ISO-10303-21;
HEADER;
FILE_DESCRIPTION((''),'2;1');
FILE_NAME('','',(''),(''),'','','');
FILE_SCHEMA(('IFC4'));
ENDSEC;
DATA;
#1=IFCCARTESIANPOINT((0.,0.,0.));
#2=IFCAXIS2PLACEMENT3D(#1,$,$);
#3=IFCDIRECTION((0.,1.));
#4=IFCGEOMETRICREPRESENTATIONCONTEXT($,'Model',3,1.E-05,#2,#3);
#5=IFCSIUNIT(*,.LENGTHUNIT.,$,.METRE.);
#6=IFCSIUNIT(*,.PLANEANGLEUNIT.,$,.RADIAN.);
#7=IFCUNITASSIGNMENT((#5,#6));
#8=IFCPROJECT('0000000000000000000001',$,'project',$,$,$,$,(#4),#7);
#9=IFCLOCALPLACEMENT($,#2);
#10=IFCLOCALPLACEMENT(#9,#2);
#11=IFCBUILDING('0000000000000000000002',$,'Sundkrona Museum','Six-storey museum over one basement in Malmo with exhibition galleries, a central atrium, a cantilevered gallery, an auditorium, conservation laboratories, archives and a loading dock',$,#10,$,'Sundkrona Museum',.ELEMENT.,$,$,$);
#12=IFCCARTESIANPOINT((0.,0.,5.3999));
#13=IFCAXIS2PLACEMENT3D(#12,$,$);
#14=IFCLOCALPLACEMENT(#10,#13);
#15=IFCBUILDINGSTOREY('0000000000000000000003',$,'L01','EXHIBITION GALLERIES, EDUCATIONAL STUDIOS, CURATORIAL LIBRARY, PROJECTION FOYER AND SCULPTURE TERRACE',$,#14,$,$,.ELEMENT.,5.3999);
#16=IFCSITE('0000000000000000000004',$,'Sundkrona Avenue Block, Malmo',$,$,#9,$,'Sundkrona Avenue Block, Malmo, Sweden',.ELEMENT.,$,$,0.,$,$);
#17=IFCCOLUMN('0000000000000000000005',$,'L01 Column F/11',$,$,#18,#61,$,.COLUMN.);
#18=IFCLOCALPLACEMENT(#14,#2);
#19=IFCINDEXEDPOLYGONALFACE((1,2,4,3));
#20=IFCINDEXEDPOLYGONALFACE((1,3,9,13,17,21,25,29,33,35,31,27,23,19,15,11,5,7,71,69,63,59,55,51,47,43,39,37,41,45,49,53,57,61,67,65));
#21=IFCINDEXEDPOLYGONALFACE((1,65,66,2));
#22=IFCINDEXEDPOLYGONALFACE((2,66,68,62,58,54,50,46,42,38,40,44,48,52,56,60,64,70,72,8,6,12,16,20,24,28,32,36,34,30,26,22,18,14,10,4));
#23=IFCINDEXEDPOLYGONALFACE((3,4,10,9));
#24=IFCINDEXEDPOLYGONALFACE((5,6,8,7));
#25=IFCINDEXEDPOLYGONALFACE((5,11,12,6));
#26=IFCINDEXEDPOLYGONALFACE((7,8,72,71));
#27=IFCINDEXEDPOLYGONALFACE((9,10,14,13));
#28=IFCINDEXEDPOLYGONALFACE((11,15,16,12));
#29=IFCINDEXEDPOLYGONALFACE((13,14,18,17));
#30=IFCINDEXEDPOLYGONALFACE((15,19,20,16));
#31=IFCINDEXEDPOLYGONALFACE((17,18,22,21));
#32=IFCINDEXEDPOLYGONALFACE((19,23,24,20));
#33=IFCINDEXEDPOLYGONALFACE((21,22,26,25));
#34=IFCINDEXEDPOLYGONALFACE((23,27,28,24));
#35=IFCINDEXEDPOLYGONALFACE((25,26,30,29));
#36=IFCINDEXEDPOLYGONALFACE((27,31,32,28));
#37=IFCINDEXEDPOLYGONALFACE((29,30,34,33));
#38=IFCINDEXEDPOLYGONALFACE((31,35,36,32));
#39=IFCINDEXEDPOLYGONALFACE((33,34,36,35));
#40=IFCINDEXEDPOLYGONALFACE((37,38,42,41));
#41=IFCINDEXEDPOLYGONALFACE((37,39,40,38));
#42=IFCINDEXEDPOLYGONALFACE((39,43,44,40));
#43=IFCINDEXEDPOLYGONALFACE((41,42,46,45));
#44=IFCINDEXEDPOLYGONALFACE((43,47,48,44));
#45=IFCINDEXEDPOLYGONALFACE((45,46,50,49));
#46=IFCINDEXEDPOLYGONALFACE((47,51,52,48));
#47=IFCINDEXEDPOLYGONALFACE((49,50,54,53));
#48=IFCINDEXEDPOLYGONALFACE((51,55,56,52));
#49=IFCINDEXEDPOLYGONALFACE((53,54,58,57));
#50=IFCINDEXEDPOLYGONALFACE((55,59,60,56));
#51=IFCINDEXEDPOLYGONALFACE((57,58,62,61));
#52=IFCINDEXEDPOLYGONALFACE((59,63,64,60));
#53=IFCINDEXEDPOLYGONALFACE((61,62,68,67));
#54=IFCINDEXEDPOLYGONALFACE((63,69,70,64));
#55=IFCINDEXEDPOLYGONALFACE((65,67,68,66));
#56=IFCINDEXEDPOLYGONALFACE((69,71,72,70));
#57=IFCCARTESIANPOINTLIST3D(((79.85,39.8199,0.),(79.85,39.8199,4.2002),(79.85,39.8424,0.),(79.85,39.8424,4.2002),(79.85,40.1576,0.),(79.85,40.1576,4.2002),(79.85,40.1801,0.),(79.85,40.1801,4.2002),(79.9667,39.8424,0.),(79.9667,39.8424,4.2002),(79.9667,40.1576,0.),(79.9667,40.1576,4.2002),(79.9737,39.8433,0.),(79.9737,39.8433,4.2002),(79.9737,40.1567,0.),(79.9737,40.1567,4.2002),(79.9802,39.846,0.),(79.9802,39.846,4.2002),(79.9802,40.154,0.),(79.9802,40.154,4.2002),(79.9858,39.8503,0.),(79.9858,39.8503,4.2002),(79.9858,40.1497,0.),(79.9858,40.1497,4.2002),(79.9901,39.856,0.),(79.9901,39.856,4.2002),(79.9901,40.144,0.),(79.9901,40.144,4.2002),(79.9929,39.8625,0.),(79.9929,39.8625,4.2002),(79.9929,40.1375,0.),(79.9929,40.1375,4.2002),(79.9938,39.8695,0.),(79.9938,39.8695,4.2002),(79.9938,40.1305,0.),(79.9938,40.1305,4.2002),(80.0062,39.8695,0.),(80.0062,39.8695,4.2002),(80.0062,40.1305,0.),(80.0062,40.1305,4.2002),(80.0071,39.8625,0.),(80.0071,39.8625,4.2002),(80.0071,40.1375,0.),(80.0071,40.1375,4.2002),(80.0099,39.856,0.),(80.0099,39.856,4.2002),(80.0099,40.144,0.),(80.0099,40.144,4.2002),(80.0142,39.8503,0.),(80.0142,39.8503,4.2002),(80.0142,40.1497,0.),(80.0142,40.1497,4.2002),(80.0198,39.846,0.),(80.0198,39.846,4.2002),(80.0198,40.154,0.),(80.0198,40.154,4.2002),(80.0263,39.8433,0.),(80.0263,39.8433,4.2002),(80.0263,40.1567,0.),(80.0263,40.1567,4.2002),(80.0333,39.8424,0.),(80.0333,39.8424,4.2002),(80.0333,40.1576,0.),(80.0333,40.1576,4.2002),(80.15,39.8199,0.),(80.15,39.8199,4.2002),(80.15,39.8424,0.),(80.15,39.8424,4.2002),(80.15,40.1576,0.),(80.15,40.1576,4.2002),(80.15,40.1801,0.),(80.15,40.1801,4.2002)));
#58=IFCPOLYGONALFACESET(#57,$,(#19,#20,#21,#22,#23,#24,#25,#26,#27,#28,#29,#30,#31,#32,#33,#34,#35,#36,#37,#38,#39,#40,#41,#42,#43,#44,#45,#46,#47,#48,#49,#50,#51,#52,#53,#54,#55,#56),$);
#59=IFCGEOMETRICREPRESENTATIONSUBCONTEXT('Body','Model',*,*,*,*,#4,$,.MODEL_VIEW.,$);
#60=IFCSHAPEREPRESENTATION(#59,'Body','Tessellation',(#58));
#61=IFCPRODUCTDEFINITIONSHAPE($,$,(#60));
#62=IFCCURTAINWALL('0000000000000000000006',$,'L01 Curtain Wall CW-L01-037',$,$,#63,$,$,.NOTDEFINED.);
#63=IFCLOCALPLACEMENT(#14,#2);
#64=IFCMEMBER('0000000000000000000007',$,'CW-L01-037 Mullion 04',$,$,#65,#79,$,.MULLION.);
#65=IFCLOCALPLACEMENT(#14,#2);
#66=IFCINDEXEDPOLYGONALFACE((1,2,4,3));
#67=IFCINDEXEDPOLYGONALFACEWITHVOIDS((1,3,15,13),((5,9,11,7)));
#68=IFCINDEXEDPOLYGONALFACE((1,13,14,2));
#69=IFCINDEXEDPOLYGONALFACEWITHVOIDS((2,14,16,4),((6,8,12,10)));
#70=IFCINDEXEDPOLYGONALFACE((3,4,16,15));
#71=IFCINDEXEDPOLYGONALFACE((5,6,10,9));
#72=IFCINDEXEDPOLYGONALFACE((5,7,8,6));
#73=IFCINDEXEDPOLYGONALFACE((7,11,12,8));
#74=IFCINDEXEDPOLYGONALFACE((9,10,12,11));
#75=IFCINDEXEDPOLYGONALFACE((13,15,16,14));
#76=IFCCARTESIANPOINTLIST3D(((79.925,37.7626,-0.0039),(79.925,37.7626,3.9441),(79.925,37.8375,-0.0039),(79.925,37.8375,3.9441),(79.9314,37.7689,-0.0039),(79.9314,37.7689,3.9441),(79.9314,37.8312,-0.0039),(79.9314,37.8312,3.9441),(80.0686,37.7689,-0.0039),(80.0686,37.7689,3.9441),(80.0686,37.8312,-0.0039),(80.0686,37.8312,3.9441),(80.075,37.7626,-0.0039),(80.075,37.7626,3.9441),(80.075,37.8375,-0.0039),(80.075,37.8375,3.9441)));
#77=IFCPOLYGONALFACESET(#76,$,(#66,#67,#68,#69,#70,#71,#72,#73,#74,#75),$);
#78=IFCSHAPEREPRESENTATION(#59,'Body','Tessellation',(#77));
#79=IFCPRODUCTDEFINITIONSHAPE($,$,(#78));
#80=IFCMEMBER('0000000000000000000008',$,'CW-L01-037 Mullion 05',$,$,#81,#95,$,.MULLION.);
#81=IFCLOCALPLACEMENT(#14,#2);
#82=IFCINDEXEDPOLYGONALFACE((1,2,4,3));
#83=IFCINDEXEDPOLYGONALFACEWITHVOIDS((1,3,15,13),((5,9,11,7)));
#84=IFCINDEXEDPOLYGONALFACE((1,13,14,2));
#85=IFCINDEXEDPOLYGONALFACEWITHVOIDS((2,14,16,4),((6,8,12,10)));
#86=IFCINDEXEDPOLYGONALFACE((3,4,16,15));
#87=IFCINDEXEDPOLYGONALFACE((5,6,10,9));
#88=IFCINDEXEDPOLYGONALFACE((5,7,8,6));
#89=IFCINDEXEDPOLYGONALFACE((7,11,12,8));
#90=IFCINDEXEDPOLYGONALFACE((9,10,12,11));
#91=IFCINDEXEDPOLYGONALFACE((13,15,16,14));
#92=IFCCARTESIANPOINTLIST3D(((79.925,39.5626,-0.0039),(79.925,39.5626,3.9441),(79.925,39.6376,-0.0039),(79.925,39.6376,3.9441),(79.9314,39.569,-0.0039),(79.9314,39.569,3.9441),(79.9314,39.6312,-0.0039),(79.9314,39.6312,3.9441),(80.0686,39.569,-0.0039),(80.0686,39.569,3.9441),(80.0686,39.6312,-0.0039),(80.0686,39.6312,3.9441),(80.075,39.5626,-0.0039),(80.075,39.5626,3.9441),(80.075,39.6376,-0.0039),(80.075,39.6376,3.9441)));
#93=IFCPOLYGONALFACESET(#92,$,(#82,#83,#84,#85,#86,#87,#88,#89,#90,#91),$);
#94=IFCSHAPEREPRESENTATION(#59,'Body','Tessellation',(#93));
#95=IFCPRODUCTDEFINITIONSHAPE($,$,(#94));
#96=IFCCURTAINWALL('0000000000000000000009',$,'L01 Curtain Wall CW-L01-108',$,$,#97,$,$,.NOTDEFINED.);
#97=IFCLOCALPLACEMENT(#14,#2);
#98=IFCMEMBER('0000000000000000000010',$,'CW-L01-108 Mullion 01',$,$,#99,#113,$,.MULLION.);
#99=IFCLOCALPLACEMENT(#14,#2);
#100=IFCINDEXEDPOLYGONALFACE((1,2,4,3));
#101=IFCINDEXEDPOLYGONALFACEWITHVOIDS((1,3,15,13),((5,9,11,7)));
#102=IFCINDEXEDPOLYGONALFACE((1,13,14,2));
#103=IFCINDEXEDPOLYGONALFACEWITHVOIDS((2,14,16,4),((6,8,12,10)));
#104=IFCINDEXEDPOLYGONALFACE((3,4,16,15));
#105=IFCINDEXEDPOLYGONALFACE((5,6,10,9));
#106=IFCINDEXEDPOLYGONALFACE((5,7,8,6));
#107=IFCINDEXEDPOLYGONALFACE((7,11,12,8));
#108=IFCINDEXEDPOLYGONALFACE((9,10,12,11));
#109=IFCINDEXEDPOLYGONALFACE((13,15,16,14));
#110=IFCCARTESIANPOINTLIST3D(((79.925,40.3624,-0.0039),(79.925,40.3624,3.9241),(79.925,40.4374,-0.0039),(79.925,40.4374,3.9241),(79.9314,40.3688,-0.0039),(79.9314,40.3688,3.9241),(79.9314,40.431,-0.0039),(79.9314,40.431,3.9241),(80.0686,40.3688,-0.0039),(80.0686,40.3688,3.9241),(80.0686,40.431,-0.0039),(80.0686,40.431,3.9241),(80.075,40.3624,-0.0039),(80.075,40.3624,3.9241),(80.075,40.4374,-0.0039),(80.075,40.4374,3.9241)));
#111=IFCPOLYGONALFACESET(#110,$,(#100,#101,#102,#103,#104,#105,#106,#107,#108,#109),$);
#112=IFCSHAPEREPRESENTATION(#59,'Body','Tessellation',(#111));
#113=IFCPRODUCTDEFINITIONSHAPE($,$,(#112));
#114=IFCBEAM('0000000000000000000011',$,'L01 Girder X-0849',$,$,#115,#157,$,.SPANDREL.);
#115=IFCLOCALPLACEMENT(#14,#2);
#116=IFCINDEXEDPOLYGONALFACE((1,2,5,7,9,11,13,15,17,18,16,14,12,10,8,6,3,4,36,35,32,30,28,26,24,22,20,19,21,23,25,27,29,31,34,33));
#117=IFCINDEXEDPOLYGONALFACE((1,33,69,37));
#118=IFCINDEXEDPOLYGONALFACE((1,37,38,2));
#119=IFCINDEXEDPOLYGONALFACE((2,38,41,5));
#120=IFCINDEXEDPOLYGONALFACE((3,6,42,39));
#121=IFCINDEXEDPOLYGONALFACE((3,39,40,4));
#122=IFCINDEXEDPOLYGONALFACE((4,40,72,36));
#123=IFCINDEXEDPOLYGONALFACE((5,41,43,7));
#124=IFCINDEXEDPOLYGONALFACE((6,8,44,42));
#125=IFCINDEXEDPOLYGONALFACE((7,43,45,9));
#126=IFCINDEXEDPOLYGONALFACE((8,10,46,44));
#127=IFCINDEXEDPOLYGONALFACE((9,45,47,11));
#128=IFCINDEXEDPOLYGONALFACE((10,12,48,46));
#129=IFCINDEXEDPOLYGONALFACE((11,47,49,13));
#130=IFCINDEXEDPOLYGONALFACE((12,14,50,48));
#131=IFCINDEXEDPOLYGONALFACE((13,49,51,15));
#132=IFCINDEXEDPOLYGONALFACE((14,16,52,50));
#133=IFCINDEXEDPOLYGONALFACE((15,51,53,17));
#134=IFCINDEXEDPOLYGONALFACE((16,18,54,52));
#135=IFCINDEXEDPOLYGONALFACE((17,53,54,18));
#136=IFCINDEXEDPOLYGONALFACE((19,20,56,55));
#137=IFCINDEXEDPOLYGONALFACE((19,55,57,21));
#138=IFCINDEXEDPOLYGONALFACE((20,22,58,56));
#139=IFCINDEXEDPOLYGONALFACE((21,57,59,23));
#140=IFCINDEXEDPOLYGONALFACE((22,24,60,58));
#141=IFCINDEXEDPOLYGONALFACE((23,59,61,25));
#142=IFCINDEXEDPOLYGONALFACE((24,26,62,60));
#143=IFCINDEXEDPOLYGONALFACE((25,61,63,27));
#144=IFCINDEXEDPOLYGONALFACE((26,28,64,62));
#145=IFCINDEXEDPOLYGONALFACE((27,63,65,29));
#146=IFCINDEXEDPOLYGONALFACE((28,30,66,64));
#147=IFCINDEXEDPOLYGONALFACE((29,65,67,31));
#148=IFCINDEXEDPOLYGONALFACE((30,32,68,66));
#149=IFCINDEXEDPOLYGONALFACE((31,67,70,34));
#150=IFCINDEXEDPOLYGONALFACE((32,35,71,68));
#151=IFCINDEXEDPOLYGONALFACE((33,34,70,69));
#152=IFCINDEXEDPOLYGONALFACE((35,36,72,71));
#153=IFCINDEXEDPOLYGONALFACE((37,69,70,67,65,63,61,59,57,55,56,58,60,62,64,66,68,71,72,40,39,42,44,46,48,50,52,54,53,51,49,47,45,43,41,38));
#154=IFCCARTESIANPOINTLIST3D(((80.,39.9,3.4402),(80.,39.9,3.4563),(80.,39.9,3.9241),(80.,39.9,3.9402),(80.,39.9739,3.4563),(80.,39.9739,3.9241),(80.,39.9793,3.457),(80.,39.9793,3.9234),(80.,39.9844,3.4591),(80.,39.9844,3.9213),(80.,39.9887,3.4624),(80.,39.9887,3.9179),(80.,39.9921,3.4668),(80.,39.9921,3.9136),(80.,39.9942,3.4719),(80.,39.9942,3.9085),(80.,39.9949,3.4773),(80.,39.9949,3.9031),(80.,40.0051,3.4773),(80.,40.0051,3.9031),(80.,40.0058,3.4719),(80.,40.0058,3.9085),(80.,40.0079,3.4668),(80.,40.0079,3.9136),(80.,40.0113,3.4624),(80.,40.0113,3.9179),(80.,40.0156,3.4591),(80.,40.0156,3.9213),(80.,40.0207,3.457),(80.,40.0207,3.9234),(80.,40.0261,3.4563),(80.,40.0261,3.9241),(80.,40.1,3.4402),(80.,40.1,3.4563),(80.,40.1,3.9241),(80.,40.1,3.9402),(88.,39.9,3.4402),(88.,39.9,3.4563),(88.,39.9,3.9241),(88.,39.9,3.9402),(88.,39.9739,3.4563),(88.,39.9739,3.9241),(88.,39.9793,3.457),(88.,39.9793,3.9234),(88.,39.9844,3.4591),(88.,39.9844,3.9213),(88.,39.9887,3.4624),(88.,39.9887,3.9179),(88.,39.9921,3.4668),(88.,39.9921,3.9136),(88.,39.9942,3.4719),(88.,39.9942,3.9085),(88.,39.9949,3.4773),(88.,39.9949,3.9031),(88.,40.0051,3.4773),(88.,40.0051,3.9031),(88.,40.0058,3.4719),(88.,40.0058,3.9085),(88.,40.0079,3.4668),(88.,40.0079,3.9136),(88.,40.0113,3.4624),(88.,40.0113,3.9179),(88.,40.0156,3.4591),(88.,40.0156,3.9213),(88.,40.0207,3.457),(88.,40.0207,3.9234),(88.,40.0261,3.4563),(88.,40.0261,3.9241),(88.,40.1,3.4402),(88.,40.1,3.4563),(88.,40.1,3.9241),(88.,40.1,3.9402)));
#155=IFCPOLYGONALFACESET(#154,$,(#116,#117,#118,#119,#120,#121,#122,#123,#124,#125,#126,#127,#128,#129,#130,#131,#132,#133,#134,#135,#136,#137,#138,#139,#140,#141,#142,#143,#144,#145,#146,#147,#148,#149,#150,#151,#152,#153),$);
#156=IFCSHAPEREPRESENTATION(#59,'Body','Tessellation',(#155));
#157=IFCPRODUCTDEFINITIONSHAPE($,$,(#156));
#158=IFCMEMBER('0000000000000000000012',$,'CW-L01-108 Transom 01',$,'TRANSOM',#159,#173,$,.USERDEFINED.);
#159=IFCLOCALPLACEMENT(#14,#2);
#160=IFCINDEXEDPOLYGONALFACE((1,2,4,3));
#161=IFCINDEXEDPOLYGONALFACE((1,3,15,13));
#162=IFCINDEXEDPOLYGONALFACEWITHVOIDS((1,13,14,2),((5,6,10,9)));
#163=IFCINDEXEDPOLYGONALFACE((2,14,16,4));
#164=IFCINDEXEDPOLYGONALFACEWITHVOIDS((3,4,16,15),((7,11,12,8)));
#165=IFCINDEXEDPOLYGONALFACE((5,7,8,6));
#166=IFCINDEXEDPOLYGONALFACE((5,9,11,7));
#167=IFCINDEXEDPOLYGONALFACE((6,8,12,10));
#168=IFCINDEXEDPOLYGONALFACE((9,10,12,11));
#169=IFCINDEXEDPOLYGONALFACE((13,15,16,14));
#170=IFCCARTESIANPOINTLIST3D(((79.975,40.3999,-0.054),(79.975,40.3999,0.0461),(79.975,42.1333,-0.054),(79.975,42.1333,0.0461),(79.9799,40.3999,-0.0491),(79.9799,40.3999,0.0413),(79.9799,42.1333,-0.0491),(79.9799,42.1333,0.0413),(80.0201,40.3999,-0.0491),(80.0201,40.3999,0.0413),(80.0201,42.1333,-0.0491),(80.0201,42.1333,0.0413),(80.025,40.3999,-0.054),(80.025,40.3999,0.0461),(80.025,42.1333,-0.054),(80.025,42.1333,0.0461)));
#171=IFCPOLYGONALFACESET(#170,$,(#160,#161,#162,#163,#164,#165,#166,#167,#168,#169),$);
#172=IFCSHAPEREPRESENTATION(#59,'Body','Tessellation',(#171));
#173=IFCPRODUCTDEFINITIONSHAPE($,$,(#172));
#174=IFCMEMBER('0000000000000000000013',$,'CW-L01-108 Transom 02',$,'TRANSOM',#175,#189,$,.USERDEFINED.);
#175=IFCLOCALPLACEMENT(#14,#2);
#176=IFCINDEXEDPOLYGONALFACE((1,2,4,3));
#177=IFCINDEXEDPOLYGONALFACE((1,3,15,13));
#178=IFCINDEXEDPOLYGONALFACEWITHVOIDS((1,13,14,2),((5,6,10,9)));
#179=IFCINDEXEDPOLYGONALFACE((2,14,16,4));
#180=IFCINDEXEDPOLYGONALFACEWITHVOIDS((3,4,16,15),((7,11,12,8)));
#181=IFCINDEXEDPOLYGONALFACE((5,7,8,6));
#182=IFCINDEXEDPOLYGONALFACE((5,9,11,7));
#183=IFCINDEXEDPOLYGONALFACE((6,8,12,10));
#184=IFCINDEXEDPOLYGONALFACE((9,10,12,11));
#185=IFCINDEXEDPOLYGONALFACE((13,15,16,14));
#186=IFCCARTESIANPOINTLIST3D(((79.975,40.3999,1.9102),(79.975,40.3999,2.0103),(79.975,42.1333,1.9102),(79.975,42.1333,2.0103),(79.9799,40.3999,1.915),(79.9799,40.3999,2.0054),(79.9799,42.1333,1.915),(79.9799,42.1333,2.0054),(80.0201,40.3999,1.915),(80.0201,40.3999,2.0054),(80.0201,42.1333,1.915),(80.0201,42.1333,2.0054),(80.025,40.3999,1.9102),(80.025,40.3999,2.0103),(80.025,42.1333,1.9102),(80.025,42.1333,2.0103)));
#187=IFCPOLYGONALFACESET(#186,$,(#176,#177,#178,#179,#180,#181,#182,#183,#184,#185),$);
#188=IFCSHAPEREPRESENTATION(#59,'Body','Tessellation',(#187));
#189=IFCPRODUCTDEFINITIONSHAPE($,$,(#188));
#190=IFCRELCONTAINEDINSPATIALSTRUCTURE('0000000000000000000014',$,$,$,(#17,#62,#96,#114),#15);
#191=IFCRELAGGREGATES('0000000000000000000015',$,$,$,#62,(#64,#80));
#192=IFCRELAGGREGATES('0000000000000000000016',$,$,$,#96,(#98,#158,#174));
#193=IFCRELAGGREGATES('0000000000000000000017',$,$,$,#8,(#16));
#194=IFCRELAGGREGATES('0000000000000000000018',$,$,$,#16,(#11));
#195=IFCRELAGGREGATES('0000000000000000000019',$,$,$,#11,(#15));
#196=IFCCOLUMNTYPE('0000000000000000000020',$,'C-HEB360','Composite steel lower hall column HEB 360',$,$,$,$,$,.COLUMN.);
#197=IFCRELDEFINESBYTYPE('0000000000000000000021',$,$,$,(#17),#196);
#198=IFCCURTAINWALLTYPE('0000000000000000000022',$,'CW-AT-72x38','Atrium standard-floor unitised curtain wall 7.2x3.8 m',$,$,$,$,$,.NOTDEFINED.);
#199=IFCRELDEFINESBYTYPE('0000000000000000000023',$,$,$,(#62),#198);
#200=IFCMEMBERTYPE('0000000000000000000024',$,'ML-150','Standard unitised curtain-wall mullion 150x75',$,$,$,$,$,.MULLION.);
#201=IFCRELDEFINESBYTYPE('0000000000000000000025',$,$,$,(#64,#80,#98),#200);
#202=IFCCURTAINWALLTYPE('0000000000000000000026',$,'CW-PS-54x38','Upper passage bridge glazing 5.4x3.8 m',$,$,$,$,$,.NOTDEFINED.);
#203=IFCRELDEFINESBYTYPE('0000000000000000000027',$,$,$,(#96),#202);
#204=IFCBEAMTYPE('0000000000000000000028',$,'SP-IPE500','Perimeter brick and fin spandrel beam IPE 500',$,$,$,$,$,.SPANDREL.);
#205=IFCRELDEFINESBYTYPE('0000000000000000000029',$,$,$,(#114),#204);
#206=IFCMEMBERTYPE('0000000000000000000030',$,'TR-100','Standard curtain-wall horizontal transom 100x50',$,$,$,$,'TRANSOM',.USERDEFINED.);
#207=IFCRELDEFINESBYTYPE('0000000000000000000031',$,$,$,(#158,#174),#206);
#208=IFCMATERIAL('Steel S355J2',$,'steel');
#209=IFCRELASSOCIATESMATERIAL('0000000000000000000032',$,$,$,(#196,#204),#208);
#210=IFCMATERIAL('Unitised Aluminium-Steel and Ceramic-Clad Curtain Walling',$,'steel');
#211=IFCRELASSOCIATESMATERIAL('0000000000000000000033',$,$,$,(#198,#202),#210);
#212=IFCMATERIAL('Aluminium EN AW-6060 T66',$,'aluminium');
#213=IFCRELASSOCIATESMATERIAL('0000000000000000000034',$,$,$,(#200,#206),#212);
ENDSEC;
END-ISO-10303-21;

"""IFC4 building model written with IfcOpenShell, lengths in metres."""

from ifc_helpers import new_model, si_unit, direction, frame, origin, origin_2d, place, context, subcontext, project, spatial, hollow_rectangle, i_section, extrude, material, material_profile, profile_set, type_object, element, aggregate, save


model = new_model("IFC4")

# Units and contexts
model_context = context("Model", 3, precision=1e-05, world=origin(), true_north=direction((0.0, 1.0)))
body_context = subcontext(model_context, "Body", "Model", "MODEL_VIEW")
ifc_project = project(units=[si_unit("LENGTHUNIT", "METRE"), si_unit("PLANEANGLEUNIT", "RADIAN")], contexts=[model_context])

# Site, building, storey
site_placement = place(None, origin())
site = spatial("IfcSite", under=ifc_project, at=site_placement, Name="Sundkrona Avenue Block, Malmo", LongName="Sundkrona Avenue Block, Malmo, Sweden", CompositionType="ELEMENT", RefElevation=0.0)
building_placement = place(site_placement, origin())
building = spatial("IfcBuilding", under=site, at=building_placement, Name="Sundkrona Museum", Description="Six-storey museum over one basement in Malmo with exhibition galleries, a central atrium, a cantilevered gallery, an auditorium, conservation laboratories, archives and a loading dock", LongName="Sundkrona Museum", CompositionType="ELEMENT")
storey_placement = place(building_placement, frame((0.0, 0.0, 5.3999)))
storey = spatial("IfcBuildingStorey", under=building, at=storey_placement, Name="L01", Description="EXHIBITION GALLERIES, EDUCATIONAL STUDIOS, CURATORIAL LIBRARY, PROJECTION FOYER AND SCULPTURE TERRACE", CompositionType="ELEMENT", Elevation=5.3999)

# Column
ifc_material_1 = material(Name="Steel S355J2", Category="steel")
ifc_material_profile_1 = material_profile(ifc_material_1, i_section(OverallWidth=0.3, OverallDepth=0.3601, WebThickness=0.0125, FlangeThickness=0.0225, FilletRadius=0.0271, at=origin_2d()), Name="HEB 360")
ifc_profile_set_1 = profile_set([ifc_material_profile_1], Name="Steel S355J2")
column_type = type_object("IfcColumnType", Name="C-HEB360", Description="Composite steel lower hall column HEB 360", PredefinedType="COLUMN", material=ifc_profile_set_1)
column_placement = place(storey_placement, frame((80.0, 40.0, 0.0), z_axis=(0.0, 0.0, 1.0), x_axis=(1.0, 0.0, 0.0)))
element("IfcColumn", 1, at=column_placement, inside=storey, type_object=column_type, Name="L01 Column F/11", PredefinedType="COLUMN", context=body_context, shape_type="SweptSolid", body=[
    extrude(i_section(OverallWidth=0.3, OverallDepth=0.3601, WebThickness=0.0125, FlangeThickness=0.0225, FilletRadius=0.0271, at=origin_2d()), origin(), (0.0, 0.0, 1.0), 4.2002),
])

# Curtain wall, members
ifc_material_2 = material(Name="Unitised Aluminium-Steel and Ceramic-Clad Curtain Walling", Category="steel")
curtain_wall_type_1 = type_object("IfcCurtainWallType", Name="CW-AT-72x38", Description="Atrium standard-floor unitised curtain wall 7.2x3.8 m", PredefinedType="NOTDEFINED", material=ifc_material_2)
curtain_wall_1_placement = place(storey_placement, origin())
curtain_wall_1 = element("IfcCurtainWall", 2, at=curtain_wall_1_placement, inside=storey, type_object=curtain_wall_type_1, Name="L01 Curtain Wall CW-L01-037", PredefinedType="NOTDEFINED")
ifc_material_3 = material(Name="Aluminium EN AW-6060 T66", Category="aluminium")
ifc_material_profile_2 = material_profile(ifc_material_3, hollow_rectangle(XDim=0.075, YDim=0.1499, WallThickness=0.0063, at=origin_2d()), Name="RHS 150x75x6.3")
ifc_profile_set_2 = profile_set([ifc_material_profile_2], Name="Aluminium EN AW-6060 T66")
member_type_1 = type_object("IfcMemberType", Name="ML-150", Description="Standard unitised curtain-wall mullion 150x75", PredefinedType="MULLION", material=ifc_profile_set_2)
member_1_placement = place(storey_placement, frame((80.0, 37.8, -0.0039), z_axis=(0.0, 0.0, 1.0), x_axis=(0.0, 1.0, 0.0)))
member_1 = element("IfcMember", 3, at=member_1_placement, type_object=member_type_1, Name="CW-L01-037 Mullion 04", PredefinedType="MULLION", context=body_context, shape_type="SweptSolid", body=[
    extrude(hollow_rectangle(XDim=0.075, YDim=0.1499, WallThickness=0.0063, at=origin_2d()), origin(), (0.0, 0.0, 1.0), 3.948),
])
member_2_placement = place(storey_placement, frame((80.0, 39.6001, -0.0039), z_axis=(0.0, 0.0, 1.0), x_axis=(0.0, 1.0, 0.0)))
member_2 = element("IfcMember", 4, at=member_2_placement, type_object=member_type_1, Name="CW-L01-037 Mullion 05", PredefinedType="MULLION", context=body_context, shape_type="SweptSolid", body=[
    extrude(hollow_rectangle(XDim=0.075, YDim=0.1499, WallThickness=0.0063, at=origin_2d()), origin(), (0.0, 0.0, 1.0), 3.948),
])

# Curtain wall, member
curtain_wall_type_2 = type_object("IfcCurtainWallType", Name="CW-PS-54x38", Description="Upper passage bridge glazing 5.4x3.8 m", PredefinedType="NOTDEFINED", material=ifc_material_2)
curtain_wall_2_placement = place(storey_placement, origin())
curtain_wall_2 = element("IfcCurtainWall", 5, at=curtain_wall_2_placement, inside=storey, type_object=curtain_wall_type_2, Name="L01 Curtain Wall CW-L01-108", PredefinedType="NOTDEFINED")
member_3_placement = place(storey_placement, frame((80.0, 40.3999, -0.0039), z_axis=(0.0, 0.0, 1.0), x_axis=(0.0, 1.0, 0.0)))
member_3 = element("IfcMember", 6, at=member_3_placement, type_object=member_type_1, Name="CW-L01-108 Mullion 01", PredefinedType="MULLION", context=body_context, shape_type="SweptSolid", body=[
    extrude(hollow_rectangle(XDim=0.075, YDim=0.1499, WallThickness=0.0063, at=origin_2d()), origin(), (0.0, 0.0, 1.0), 3.928),
])

# Beam
ifc_material_profile_3 = material_profile(ifc_material_1, i_section(OverallWidth=0.2, OverallDepth=0.5, WebThickness=0.0103, FlangeThickness=0.0161, FilletRadius=0.021, at=origin_2d()), Name="IPE 500")
ifc_profile_set_3 = profile_set([ifc_material_profile_3], Name="Steel S355J2")
beam_type = type_object("IfcBeamType", Name="SP-IPE500", Description="Perimeter brick and fin spandrel beam IPE 500", PredefinedType="SPANDREL", material=ifc_profile_set_3)
beam_placement = place(storey_placement, frame((80.0, 40.0, 3.6902), z_axis=(1.0, 0.0, 0.0), x_axis=(0.0, 1.0, 0.0)))
element("IfcBeam", 7, at=beam_placement, inside=storey, type_object=beam_type, Name="L01 Girder X-0849", PredefinedType="SPANDREL", context=body_context, shape_type="SweptSolid", body=[
    extrude(i_section(OverallWidth=0.2, OverallDepth=0.5, WebThickness=0.0103, FlangeThickness=0.0161, FilletRadius=0.021, at=origin_2d()), origin(), (0.0, 0.0, 1.0), 8.0),
])

# Members
ifc_material_profile_4 = material_profile(ifc_material_3, hollow_rectangle(XDim=0.05, YDim=0.1001, WallThickness=0.0049, at=origin_2d()), Name="RHS 100x50x5.0")
ifc_profile_set_4 = profile_set([ifc_material_profile_4], Name="Aluminium EN AW-6060 T66")
member_type_2 = type_object("IfcMemberType", Name="TR-100", Description="Standard curtain-wall horizontal transom 100x50", ElementType="TRANSOM", PredefinedType="USERDEFINED", material=ifc_profile_set_4)
member_4_placement = place(storey_placement, frame((80.0, 40.3999, -0.0039), z_axis=(0.0, 1.0, 0.0), x_axis=(-1.0, 0.0, 0.0)))
member_4 = element("IfcMember", 8, at=member_4_placement, type_object=member_type_2, Name="CW-L01-108 Transom 01", ObjectType="TRANSOM", PredefinedType="USERDEFINED", context=body_context, shape_type="SweptSolid", body=[
    extrude(hollow_rectangle(XDim=0.05, YDim=0.1001, WallThickness=0.0049, at=origin_2d()), origin(), (0.0, 0.0, 1.0), 1.7334),
])
member_5_placement = place(storey_placement, frame((80.0, 40.3999, 1.9602), z_axis=(0.0, 1.0, 0.0), x_axis=(-1.0, 0.0, 0.0)))
member_5 = element("IfcMember", 9, at=member_5_placement, type_object=member_type_2, Name="CW-L01-108 Transom 02", ObjectType="TRANSOM", PredefinedType="USERDEFINED", context=body_context, shape_type="SweptSolid", body=[
    extrude(hollow_rectangle(XDim=0.05, YDim=0.1001, WallThickness=0.0049, at=origin_2d()), origin(), (0.0, 0.0, 1.0), 1.7334),
])

aggregate(curtain_wall_1, [member_1, member_2])
aggregate(curtain_wall_2, [member_3, member_4, member_5])

save(model, "model.ifc")
